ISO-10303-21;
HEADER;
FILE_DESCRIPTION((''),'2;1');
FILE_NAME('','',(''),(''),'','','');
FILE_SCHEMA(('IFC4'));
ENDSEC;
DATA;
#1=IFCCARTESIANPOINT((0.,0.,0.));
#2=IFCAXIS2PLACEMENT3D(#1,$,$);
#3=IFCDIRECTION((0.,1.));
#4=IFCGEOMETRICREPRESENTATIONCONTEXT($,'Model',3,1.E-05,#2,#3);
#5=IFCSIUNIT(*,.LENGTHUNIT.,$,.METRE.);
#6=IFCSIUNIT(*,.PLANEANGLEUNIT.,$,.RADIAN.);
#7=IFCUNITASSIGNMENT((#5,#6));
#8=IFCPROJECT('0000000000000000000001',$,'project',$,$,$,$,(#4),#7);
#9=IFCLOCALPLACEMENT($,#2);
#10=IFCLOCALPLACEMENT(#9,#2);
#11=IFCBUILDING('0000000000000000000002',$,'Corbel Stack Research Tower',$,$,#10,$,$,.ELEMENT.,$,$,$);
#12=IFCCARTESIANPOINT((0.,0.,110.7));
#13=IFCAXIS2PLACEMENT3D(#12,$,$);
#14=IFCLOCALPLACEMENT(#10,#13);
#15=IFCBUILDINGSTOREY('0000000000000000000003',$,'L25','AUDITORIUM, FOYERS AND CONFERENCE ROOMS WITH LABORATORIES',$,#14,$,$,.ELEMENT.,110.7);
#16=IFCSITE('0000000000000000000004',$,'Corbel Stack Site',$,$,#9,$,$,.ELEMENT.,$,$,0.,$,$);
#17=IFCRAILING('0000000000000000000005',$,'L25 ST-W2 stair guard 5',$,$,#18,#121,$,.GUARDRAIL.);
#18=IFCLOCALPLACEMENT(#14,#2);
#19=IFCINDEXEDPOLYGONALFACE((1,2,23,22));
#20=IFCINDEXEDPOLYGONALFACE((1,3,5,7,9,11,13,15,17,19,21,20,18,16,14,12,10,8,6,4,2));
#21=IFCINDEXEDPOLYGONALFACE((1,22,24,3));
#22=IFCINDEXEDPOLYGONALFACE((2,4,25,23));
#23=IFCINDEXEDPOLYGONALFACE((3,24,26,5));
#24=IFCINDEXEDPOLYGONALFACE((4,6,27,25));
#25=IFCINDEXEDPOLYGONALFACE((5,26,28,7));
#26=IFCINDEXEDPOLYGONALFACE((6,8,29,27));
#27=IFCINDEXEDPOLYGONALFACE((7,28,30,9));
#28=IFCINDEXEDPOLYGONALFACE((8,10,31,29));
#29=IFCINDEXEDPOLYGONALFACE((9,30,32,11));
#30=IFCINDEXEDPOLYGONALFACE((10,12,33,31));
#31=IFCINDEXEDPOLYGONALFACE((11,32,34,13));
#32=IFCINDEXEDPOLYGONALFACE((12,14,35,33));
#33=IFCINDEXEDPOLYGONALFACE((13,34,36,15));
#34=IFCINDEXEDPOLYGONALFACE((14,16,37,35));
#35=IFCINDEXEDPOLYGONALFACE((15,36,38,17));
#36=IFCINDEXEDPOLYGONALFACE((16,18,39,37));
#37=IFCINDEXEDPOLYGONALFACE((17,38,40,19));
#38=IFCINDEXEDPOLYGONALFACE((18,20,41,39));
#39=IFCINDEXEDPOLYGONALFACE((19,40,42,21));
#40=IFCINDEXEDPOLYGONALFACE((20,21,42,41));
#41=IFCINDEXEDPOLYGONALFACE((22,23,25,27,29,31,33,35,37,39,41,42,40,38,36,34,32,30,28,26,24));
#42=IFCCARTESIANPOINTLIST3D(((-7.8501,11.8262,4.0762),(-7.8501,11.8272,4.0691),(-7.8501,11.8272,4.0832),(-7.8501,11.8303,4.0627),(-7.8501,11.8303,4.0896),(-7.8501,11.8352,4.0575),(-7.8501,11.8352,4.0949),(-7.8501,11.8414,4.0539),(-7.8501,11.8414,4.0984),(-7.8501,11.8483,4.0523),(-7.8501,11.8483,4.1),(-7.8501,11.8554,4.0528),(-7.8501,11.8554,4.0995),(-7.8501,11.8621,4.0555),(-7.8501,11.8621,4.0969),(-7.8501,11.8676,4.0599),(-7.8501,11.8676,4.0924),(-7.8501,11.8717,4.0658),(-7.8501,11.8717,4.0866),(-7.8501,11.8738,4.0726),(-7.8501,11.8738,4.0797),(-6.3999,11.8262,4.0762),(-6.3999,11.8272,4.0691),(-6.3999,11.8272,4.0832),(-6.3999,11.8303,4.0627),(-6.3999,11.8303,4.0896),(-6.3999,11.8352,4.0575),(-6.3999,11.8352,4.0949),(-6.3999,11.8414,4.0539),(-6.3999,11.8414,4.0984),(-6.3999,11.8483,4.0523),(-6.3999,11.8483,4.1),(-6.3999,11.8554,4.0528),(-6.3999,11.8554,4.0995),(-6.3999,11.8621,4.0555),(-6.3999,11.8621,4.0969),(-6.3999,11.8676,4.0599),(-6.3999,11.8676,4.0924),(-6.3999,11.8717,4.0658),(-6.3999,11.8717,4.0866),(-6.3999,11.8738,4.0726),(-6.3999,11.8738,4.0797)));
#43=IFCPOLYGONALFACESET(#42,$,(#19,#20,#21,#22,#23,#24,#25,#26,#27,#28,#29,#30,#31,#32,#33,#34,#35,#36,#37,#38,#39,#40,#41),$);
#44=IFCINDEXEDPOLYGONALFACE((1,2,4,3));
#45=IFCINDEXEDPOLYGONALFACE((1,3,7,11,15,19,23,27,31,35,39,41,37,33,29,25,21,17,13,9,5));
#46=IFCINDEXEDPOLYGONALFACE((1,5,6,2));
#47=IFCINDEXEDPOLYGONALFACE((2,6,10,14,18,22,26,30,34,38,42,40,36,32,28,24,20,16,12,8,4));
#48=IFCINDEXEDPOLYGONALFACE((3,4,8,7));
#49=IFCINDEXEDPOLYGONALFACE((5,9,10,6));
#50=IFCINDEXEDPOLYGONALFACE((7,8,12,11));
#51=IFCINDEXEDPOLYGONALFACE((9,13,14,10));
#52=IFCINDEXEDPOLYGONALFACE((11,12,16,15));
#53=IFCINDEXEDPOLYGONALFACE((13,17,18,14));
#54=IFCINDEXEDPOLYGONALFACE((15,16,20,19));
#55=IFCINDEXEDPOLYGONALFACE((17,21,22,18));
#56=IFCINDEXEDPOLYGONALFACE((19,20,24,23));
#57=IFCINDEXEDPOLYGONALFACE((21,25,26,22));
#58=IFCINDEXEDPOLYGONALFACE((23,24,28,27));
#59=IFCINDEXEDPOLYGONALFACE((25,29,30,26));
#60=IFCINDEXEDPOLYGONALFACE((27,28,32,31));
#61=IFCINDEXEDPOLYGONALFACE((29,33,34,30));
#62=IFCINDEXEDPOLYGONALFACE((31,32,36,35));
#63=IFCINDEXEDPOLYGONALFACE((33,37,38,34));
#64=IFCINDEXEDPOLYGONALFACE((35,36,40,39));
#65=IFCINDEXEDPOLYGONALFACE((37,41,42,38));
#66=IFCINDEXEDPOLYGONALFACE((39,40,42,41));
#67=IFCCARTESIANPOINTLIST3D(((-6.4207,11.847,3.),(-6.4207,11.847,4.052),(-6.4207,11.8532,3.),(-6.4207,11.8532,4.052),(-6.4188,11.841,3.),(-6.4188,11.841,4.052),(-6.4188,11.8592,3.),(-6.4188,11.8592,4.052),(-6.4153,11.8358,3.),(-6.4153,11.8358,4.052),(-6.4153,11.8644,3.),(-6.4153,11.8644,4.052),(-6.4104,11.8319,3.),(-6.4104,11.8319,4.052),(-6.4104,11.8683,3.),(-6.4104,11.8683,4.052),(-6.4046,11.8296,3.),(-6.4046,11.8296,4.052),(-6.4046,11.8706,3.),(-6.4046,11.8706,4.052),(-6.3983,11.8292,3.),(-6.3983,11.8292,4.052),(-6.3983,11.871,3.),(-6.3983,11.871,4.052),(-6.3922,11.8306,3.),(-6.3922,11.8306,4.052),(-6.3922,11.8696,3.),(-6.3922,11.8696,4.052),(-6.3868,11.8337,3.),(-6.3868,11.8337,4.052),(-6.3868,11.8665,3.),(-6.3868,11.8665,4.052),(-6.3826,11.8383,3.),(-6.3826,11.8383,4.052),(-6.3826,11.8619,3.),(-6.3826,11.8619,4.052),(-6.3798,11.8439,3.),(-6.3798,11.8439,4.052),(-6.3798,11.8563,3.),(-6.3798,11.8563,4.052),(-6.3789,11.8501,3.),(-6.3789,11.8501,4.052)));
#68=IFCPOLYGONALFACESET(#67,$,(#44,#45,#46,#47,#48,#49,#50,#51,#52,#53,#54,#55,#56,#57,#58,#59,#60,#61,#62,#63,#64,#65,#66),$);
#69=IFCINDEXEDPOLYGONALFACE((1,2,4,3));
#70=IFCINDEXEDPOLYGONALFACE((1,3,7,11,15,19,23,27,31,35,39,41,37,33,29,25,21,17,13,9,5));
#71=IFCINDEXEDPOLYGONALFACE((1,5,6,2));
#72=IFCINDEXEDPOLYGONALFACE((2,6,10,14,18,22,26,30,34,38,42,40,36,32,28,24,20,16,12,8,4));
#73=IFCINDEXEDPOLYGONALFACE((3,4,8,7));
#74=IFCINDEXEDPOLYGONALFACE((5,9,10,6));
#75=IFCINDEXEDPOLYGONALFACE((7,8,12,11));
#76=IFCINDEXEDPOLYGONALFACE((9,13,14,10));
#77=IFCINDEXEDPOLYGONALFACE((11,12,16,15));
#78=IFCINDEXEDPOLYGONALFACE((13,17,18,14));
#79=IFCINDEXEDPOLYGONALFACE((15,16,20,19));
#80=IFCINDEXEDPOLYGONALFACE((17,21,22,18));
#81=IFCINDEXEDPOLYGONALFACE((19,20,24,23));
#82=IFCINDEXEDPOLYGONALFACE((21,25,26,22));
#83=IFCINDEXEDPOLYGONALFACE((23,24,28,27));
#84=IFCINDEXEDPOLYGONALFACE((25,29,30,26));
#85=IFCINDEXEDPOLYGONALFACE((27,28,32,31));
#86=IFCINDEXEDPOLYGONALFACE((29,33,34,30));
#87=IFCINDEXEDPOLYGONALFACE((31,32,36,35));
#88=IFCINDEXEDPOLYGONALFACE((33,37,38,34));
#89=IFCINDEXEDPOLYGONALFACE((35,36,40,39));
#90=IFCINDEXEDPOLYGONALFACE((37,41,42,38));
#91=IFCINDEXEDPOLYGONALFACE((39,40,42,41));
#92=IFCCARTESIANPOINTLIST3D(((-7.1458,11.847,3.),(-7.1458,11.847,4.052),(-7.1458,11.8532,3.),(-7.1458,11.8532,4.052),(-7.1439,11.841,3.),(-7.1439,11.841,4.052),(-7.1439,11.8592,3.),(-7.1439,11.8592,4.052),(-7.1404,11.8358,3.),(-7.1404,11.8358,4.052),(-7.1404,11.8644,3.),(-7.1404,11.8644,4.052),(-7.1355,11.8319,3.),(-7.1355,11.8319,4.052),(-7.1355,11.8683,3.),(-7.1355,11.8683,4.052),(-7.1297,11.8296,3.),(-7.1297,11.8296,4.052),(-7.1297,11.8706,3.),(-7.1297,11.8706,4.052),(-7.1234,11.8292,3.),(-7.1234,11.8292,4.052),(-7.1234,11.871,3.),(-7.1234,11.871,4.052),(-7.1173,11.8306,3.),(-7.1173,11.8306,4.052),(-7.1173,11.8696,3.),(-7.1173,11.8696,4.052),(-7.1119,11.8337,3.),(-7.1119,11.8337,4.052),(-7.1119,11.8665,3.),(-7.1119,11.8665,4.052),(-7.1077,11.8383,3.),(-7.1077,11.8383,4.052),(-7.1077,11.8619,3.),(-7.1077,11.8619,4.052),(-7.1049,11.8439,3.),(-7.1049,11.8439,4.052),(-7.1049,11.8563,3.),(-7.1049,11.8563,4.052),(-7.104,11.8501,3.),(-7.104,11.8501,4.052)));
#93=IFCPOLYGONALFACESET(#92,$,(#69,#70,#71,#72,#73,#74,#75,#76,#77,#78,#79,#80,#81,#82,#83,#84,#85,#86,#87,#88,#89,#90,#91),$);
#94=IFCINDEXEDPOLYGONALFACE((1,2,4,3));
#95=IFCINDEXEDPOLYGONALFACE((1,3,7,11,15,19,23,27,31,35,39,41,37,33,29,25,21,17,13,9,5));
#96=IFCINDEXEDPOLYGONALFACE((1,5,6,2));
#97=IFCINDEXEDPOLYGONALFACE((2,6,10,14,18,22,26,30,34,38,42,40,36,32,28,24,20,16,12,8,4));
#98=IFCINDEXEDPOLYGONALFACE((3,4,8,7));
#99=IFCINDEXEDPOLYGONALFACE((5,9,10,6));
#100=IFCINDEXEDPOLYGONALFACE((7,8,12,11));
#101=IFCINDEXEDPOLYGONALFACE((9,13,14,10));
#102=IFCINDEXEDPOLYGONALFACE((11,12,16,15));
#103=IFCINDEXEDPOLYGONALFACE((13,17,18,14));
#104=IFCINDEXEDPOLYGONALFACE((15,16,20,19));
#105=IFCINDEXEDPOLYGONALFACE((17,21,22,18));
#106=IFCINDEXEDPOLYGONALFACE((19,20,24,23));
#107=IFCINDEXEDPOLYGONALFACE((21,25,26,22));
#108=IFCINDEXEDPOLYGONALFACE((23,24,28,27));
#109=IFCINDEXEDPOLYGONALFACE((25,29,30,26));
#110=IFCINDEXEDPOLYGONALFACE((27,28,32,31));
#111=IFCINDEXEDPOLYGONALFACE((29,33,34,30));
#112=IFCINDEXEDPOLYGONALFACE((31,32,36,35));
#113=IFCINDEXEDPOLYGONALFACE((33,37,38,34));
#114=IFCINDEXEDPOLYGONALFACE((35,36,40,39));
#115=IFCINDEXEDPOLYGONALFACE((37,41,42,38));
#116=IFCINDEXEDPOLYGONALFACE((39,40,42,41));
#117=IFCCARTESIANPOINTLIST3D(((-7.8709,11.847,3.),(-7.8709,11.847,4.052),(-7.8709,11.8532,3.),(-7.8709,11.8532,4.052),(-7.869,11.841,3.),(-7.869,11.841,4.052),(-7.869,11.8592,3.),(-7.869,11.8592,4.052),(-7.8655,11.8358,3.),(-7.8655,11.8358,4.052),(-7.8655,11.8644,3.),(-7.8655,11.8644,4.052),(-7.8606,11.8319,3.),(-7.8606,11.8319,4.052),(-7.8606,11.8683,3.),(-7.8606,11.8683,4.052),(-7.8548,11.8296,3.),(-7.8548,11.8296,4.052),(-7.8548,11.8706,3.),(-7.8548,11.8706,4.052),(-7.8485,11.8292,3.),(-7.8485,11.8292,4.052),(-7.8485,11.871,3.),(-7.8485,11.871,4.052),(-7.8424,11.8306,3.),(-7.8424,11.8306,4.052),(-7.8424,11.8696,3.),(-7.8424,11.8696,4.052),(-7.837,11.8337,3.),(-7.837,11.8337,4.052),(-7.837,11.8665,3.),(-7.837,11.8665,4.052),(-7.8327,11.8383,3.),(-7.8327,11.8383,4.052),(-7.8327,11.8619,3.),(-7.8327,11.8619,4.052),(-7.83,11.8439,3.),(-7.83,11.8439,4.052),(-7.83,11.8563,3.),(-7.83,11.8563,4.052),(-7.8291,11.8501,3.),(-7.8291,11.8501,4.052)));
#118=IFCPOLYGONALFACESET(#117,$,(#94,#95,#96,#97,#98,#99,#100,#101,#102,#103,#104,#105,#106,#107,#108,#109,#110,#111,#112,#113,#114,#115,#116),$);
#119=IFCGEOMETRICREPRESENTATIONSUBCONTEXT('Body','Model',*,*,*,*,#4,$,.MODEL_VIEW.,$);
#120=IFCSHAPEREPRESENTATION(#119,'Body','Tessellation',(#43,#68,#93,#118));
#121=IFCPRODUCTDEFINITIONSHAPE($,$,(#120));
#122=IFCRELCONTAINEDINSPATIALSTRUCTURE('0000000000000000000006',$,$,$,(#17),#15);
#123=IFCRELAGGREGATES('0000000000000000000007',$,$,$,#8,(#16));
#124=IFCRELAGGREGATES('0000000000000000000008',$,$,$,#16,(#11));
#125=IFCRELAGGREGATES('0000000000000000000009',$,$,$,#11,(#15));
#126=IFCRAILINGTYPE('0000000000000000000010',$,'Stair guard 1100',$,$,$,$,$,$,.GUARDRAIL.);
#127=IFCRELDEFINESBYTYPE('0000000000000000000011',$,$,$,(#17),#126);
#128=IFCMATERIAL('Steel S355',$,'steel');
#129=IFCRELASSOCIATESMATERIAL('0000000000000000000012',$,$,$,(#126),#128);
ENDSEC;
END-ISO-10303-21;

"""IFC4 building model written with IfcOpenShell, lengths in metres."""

from ifc_helpers import new_model, si_unit, direction, frame, origin, origin_2d, place, context, subcontext, project, spatial, circle, extrude, material, type_object, element, save


model = new_model("IFC4")

# Units and contexts
model_context = context("Model", 3, precision=1e-05, world=origin(), true_north=direction((0.0, 1.0)))
body_context = subcontext(model_context, "Body", "Model", "MODEL_VIEW")
ifc_project = project(units=[si_unit("LENGTHUNIT", "METRE"), si_unit("PLANEANGLEUNIT", "RADIAN")], contexts=[model_context])

# Site, building, storey
site_placement = place(None, origin())
site = spatial("IfcSite", under=ifc_project, at=site_placement, Name="Corbel Stack Site", CompositionType="ELEMENT", RefElevation=0.0)
building_placement = place(site_placement, origin())
building = spatial("IfcBuilding", under=site, at=building_placement, Name="Corbel Stack Research Tower", CompositionType="ELEMENT")
storey_placement = place(building_placement, frame((0.0, 0.0, 110.7)))
storey = spatial("IfcBuildingStorey", under=building, at=storey_placement, Name="L25", Description="AUDITORIUM, FOYERS AND CONFERENCE ROOMS WITH LABORATORIES", CompositionType="ELEMENT", Elevation=110.7)

# Railing
ifc_material_1 = material(Name="Steel S355", Category="steel")
railing_type_1 = type_object("IfcRailingType", Name="Stair guard 1100", PredefinedType="GUARDRAIL", material=ifc_material_1)
railing_1_placement = place(storey_placement, frame((-6.3999, 11.8501, 3.0)))
element("IfcRailing", 1, at=railing_1_placement, inside=storey, type_object=railing_type_1, Name="L25 ST-W2 stair guard 5", PredefinedType="GUARDRAIL", context=body_context, shape_type="SweptSolid", body=[
    extrude(circle(Radius=0.0239, at=origin_2d()), frame((0.0, 0.0, 1.0762), z_axis=(-1.0, 0.0, 0.0), x_axis=(0.0, -1.0, 0.0)), (0.0, 0.0, 1.0), 1.4502),
    extrude(circle(Radius=0.021, at=origin_2d()), origin(), (0.0, 0.0, 1.0), 1.052),
    extrude(circle(Radius=0.021, at=origin_2d()), frame((-0.7251, 0.0, 0.0)), (0.0, 0.0, 1.0), 1.052),
    extrude(circle(Radius=0.021, at=origin_2d()), frame((-1.4502, 0.0, 0.0)), (0.0, 0.0, 1.0), 1.052),
])

save(model, "model.ifc")
